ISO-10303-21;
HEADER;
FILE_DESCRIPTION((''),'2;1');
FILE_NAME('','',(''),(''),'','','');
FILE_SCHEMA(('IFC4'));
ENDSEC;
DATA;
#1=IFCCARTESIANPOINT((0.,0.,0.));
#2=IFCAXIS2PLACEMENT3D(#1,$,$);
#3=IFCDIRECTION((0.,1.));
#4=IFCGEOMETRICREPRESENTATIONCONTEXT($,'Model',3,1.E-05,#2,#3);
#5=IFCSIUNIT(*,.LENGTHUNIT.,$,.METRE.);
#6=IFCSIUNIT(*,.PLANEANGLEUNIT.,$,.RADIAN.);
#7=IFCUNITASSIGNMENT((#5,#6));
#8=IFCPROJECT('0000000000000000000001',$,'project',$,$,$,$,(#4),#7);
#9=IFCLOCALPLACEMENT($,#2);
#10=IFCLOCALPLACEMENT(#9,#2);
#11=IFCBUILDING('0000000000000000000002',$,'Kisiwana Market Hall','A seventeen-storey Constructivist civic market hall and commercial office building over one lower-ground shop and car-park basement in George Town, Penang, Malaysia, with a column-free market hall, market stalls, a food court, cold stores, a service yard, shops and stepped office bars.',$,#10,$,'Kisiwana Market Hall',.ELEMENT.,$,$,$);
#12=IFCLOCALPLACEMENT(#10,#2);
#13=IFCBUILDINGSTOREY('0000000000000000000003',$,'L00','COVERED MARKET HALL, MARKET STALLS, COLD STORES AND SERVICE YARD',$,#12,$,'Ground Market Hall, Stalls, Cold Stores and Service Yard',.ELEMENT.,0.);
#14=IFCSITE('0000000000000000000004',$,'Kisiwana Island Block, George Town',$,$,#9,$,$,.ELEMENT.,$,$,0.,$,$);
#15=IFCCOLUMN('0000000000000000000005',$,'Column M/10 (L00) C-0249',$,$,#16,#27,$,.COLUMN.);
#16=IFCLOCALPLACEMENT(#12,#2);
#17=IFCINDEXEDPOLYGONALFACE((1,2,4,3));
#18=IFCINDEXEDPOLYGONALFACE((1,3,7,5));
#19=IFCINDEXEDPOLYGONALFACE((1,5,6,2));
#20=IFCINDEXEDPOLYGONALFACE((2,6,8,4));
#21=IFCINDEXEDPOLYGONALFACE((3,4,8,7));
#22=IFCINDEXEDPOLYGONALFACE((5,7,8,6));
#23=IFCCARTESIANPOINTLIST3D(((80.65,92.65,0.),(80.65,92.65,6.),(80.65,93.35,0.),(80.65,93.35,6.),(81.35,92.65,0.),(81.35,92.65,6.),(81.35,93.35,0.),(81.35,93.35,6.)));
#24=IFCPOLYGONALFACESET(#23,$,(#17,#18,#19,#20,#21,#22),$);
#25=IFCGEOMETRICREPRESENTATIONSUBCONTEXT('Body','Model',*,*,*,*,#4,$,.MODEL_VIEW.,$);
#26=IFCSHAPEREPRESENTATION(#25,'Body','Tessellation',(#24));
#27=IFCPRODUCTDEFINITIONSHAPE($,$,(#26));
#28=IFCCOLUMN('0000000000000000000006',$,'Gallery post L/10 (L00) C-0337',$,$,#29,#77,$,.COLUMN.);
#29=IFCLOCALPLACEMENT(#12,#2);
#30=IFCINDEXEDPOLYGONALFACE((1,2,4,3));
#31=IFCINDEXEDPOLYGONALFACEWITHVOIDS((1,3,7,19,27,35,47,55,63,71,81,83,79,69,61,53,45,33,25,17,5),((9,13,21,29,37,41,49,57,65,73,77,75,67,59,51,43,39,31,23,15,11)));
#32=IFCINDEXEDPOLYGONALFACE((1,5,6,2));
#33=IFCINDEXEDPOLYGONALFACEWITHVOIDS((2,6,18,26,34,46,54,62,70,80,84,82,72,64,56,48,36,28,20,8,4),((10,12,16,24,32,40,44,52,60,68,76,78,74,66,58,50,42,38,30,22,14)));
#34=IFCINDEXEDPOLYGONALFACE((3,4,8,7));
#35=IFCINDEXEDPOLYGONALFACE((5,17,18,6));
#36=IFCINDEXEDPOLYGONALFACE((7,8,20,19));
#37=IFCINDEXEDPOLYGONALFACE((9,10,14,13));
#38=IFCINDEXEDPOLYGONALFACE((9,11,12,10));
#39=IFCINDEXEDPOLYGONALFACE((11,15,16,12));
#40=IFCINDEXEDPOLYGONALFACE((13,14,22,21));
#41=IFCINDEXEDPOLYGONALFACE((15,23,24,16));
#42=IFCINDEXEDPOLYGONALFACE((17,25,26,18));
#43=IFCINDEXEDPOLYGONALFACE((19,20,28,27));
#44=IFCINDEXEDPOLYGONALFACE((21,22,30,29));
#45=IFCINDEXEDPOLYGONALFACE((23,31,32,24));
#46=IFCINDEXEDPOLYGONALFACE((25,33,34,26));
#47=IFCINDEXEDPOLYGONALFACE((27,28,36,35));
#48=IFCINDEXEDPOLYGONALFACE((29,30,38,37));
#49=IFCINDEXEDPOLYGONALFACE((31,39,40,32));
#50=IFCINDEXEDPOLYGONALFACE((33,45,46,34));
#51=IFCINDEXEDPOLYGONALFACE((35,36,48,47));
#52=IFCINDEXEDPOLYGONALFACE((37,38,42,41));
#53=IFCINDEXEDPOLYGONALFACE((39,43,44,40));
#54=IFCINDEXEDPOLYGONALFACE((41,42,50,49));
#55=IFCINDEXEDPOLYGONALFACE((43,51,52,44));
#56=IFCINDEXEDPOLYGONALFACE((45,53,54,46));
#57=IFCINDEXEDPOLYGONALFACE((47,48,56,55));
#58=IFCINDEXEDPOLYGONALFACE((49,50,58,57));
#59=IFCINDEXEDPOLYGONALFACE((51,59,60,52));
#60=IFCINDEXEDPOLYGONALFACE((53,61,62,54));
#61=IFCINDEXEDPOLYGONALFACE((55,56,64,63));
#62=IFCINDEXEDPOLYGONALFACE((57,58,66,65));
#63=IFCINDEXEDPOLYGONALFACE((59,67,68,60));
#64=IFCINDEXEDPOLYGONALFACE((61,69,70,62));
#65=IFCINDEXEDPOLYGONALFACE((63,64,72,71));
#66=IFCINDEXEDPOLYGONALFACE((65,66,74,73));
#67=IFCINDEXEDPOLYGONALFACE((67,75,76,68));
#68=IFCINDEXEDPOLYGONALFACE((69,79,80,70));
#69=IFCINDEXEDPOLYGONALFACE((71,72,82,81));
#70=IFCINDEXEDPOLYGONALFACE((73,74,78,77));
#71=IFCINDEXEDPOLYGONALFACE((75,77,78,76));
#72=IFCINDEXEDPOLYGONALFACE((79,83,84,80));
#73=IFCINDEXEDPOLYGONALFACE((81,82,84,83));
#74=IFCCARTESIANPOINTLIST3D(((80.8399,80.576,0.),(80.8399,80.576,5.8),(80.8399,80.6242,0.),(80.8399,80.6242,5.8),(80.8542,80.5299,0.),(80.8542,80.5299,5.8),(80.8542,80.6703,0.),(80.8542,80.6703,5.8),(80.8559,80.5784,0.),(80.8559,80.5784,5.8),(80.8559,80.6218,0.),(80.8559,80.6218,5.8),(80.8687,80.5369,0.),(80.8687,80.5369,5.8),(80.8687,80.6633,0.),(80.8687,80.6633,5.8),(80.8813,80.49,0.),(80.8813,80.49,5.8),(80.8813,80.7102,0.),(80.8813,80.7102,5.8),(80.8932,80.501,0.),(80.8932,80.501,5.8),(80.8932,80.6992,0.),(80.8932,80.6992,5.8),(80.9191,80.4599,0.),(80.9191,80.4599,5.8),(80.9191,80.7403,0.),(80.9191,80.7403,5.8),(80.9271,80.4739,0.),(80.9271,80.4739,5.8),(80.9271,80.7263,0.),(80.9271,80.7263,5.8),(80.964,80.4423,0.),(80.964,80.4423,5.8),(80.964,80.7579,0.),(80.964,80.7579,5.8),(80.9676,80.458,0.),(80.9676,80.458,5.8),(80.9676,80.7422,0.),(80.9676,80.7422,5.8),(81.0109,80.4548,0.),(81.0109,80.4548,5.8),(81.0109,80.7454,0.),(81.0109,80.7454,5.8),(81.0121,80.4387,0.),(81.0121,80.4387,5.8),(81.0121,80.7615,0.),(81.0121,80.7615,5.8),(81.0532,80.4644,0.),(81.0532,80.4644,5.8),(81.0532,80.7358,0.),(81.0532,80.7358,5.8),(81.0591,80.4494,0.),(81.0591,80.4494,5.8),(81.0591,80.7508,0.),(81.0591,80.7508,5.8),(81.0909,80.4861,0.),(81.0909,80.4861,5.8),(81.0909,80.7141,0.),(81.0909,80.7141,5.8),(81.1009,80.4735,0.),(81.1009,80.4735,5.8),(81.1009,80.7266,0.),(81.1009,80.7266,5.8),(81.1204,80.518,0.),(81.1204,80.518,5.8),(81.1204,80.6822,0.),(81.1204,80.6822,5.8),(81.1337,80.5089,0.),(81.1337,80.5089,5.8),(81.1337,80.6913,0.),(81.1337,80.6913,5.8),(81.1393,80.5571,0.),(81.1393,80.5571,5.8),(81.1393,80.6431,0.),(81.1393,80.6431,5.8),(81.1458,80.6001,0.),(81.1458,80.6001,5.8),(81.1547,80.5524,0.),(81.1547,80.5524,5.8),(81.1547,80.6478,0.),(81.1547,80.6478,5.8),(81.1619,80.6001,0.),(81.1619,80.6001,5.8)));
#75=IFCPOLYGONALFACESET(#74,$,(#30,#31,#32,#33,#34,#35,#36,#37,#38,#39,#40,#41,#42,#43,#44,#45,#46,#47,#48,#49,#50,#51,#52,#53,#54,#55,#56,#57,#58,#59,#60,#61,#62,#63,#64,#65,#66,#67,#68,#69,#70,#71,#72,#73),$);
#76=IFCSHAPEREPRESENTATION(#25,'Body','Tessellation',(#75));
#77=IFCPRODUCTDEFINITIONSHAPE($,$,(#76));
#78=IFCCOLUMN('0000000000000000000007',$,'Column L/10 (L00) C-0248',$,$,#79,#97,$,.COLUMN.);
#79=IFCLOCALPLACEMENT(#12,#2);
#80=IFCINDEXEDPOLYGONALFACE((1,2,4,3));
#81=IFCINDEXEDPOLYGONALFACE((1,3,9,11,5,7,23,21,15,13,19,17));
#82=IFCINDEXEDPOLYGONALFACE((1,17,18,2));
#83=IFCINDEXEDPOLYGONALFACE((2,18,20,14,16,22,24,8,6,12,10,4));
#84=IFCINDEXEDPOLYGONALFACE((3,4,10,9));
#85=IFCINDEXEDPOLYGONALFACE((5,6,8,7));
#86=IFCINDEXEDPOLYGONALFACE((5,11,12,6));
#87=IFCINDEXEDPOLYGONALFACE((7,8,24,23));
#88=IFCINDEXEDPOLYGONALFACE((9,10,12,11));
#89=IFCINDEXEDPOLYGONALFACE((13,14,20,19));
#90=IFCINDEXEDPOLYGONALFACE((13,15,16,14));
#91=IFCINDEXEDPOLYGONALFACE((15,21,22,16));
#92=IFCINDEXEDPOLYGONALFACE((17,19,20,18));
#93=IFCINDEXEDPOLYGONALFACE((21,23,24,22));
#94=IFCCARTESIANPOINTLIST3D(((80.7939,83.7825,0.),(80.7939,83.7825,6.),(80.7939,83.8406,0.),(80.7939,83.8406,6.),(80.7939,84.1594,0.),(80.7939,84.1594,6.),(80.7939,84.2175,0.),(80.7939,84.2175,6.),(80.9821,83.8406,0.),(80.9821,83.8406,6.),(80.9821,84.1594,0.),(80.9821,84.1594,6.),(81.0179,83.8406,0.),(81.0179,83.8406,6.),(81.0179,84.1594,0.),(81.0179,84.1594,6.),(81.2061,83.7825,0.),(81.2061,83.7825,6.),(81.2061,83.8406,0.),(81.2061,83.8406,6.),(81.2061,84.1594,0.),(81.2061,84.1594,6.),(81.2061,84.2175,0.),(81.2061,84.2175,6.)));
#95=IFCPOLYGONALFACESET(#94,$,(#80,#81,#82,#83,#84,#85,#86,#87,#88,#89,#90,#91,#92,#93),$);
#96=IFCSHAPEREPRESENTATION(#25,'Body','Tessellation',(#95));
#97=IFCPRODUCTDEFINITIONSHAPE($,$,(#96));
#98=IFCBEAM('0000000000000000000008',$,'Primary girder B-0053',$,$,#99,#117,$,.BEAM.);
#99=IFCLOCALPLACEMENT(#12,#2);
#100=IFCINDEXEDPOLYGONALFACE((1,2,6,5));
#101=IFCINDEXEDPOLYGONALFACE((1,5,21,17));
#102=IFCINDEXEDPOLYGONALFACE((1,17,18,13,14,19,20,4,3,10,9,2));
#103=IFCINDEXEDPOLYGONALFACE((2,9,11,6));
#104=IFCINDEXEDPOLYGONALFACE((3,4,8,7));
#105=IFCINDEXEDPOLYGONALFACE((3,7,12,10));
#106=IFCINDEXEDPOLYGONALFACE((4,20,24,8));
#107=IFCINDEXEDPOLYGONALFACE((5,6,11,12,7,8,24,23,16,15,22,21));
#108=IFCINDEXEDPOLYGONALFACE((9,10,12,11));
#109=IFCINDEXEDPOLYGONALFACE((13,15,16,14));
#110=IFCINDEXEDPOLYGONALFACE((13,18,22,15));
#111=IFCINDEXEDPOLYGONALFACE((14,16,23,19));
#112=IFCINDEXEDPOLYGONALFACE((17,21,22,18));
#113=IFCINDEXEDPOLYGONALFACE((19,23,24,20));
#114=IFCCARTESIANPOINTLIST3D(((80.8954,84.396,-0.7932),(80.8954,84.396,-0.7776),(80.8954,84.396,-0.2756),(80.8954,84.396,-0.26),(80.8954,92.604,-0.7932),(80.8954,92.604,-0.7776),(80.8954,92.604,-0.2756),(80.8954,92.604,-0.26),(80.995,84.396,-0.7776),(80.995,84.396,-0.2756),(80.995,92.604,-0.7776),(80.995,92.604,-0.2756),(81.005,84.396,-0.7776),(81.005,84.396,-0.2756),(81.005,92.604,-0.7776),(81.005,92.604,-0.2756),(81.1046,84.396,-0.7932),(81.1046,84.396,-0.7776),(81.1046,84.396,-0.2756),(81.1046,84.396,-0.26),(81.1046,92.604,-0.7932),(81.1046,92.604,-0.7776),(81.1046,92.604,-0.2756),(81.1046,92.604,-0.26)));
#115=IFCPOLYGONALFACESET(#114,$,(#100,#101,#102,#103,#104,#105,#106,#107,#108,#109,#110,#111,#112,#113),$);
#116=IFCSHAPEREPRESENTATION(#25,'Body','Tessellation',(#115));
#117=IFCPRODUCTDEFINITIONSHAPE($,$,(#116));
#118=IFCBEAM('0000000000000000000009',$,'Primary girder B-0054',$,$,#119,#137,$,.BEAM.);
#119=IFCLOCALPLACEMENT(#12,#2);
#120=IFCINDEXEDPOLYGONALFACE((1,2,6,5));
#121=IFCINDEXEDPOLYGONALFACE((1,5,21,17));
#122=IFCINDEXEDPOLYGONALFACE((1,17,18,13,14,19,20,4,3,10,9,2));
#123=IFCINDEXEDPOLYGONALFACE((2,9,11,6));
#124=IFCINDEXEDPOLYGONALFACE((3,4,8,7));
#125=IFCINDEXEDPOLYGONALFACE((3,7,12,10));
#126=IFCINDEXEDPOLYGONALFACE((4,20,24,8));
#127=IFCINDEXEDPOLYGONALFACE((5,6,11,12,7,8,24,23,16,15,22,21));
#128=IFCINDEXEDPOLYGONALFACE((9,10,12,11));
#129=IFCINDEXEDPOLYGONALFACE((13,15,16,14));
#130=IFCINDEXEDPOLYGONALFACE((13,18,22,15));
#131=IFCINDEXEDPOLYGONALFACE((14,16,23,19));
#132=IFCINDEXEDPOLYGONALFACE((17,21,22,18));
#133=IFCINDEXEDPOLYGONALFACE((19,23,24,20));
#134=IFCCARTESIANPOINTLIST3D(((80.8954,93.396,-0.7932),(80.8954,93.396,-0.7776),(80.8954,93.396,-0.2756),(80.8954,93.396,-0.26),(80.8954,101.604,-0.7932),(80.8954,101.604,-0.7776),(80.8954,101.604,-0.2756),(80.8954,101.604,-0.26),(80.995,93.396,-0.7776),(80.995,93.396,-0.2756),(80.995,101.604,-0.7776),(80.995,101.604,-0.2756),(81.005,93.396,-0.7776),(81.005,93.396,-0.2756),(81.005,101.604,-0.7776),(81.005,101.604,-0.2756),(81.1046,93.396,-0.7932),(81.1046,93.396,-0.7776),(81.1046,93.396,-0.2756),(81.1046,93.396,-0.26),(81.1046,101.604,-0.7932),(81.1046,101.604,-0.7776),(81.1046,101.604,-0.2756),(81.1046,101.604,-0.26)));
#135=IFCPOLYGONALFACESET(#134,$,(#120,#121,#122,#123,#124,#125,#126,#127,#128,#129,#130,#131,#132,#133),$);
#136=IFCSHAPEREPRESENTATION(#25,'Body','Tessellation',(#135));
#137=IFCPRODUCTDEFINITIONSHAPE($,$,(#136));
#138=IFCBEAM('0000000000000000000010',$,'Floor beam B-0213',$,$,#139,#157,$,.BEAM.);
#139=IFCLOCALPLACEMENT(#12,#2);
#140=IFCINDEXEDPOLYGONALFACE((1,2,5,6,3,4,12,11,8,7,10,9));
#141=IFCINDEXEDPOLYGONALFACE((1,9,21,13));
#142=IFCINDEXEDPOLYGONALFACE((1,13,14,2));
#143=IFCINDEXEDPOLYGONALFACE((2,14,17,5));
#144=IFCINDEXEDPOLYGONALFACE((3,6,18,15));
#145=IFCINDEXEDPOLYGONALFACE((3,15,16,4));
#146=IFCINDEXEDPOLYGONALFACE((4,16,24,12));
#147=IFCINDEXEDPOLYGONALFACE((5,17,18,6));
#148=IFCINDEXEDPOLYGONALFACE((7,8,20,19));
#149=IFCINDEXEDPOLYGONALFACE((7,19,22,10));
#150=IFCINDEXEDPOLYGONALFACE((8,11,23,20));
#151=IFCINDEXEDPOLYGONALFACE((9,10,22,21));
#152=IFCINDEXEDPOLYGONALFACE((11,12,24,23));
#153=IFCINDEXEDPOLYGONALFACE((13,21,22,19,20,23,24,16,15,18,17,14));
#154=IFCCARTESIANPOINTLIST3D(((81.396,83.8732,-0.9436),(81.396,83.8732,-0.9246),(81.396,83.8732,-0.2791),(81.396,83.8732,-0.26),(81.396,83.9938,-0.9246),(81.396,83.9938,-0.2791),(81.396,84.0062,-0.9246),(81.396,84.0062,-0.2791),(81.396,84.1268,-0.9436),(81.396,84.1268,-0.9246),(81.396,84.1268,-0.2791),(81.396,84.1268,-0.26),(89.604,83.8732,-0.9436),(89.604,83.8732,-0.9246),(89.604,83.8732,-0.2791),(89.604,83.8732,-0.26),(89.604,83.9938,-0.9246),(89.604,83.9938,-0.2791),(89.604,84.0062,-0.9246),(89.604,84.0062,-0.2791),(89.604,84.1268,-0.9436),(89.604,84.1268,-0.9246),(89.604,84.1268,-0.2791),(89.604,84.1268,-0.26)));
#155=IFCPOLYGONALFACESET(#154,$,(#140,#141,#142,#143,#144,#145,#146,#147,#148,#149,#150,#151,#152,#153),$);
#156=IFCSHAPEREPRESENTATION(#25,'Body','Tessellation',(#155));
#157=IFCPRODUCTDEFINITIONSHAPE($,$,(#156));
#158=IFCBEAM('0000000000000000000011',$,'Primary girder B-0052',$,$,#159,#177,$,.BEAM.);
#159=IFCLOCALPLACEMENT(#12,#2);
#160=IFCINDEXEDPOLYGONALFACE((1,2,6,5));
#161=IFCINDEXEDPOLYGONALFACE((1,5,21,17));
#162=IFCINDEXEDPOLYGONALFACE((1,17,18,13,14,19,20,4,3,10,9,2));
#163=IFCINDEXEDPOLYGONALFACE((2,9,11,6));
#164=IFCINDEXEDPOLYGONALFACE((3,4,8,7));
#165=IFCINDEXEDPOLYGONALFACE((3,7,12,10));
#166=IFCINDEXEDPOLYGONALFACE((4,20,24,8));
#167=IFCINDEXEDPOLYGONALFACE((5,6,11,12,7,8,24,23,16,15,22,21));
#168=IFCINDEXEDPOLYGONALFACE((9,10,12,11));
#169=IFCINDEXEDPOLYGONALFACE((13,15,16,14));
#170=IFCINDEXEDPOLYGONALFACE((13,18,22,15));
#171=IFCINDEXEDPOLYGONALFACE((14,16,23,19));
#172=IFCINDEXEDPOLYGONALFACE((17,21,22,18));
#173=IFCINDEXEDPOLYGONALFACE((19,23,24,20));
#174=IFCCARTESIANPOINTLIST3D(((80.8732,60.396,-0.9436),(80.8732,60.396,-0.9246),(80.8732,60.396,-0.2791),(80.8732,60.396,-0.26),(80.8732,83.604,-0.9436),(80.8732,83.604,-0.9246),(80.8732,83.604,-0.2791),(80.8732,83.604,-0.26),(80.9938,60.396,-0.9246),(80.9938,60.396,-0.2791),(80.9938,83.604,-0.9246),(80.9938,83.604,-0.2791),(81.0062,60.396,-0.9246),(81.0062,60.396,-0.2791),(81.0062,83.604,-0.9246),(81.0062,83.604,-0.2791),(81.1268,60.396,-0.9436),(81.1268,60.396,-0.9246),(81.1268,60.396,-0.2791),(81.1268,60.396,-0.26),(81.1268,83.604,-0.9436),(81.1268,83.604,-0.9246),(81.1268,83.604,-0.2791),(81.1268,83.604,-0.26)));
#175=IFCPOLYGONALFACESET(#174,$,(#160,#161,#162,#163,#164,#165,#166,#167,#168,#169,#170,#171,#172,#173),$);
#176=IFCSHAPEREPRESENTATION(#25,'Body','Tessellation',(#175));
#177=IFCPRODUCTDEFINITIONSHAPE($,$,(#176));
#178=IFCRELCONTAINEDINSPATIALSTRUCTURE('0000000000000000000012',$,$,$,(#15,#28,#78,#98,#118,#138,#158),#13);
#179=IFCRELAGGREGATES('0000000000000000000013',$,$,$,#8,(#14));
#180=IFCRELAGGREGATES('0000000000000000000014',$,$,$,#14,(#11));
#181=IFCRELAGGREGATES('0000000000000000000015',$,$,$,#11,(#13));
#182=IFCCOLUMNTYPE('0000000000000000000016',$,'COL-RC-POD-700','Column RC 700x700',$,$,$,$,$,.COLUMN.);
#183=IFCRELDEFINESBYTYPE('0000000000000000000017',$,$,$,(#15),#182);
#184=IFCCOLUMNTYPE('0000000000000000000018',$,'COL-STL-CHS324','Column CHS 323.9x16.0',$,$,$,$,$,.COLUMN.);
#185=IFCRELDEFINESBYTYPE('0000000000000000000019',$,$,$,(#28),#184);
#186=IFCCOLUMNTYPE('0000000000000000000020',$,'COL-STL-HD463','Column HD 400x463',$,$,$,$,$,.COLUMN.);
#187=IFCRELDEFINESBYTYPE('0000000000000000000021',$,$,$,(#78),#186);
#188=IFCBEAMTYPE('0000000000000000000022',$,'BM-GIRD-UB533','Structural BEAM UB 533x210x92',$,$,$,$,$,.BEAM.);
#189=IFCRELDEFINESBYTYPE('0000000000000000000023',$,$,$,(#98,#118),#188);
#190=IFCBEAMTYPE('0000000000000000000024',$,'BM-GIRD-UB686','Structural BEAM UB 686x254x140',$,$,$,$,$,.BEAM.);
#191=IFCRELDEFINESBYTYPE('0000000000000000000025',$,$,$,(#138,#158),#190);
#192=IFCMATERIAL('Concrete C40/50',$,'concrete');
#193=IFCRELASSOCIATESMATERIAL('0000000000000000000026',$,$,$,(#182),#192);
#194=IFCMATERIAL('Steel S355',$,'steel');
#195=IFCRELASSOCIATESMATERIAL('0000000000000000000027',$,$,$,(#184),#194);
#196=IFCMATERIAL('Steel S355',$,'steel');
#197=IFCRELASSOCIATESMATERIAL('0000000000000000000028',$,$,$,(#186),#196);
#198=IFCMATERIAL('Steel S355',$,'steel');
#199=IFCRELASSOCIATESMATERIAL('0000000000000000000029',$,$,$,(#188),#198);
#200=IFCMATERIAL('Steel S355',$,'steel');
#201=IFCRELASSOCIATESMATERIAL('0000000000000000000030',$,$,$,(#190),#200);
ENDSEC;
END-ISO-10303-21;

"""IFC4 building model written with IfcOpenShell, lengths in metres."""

from ifc_helpers import new_model, si_unit, direction, frame, origin, origin_2d, place, context, subcontext, project, spatial, rectangle, hollow_circle, i_section, extrude, material, material_profile, profile_set, type_object, element, save


model = new_model("IFC4")

# Units and contexts
model_context = context("Model", 3, precision=1e-05, world=origin(), true_north=direction((0.0, 1.0)))
body_context = subcontext(model_context, "Body", "Model", "MODEL_VIEW")
ifc_project = project(units=[si_unit("LENGTHUNIT", "METRE"), si_unit("PLANEANGLEUNIT", "RADIAN")], contexts=[model_context])

# Site, building, storey
site_placement = place(None, origin())
site = spatial("IfcSite", under=ifc_project, at=site_placement, Name="Kisiwana Island Block, George Town", CompositionType="ELEMENT", RefElevation=0.0)
building_placement = place(site_placement, origin())
building = spatial("IfcBuilding", under=site, at=building_placement, Name="Kisiwana Market Hall", Description="A seventeen-storey Constructivist civic market hall and commercial office building over one lower-ground shop and car-park basement in George Town, Penang, Malaysia, with a column-free market hall, market stalls, a food court, cold stores, a service yard, shops and stepped office bars.", LongName="Kisiwana Market Hall", CompositionType="ELEMENT")
storey_placement = place(building_placement, origin())
storey = spatial("IfcBuildingStorey", under=building, at=storey_placement, Name="L00", Description="COVERED MARKET HALL, MARKET STALLS, COLD STORES AND SERVICE YARD", LongName="Ground Market Hall, Stalls, Cold Stores and Service Yard", CompositionType="ELEMENT", Elevation=0.0)

# Columns
ifc_material_1 = material(Name="Concrete C40/50", Category="concrete")
ifc_material_profile_1 = material_profile(ifc_material_1, rectangle(XDim=0.7, YDim=0.7, at=origin_2d()), Name="RC 700x700")
ifc_profile_set_1 = profile_set([ifc_material_profile_1], Name="Concrete C40/50")
column_type_1 = type_object("IfcColumnType", Name="COL-RC-POD-700", Description="Column RC 700x700", PredefinedType="COLUMN", material=ifc_profile_set_1)
column_1_placement = place(storey_placement, frame((81.0, 93.0, 0.0), z_axis=(0.0, 0.0, 1.0), x_axis=(1.0, 0.0, 0.0)))
element("IfcColumn", 1, at=column_1_placement, inside=storey, type_object=column_type_1, Name="Column M/10 (L00) C-0249", PredefinedType="COLUMN", context=body_context, shape_type="SweptSolid", body=[
    extrude(rectangle(XDim=0.7, YDim=0.7, at=origin_2d()), origin(), (0.0, 0.0, 1.0), 6.0),
])
ifc_material_2 = material(Name="Steel S355", Category="steel")
ifc_material_profile_2 = material_profile(ifc_material_2, hollow_circle(Radius=0.1619, WallThickness=0.0161, at=origin_2d()), Name="CHS 323.9x16.0")
ifc_profile_set_2 = profile_set([ifc_material_profile_2], Name="Steel S355")
column_type_2 = type_object("IfcColumnType", Name="COL-STL-CHS324", Description="Column CHS 323.9x16.0", PredefinedType="COLUMN", material=ifc_profile_set_2)
column_2_placement = place(storey_placement, frame((81.0, 80.6001, 0.0), z_axis=(0.0, 0.0, 1.0), x_axis=(1.0, 0.0, 0.0)))
element("IfcColumn", 2, at=column_2_placement, inside=storey, type_object=column_type_2, Name="Gallery post L/10 (L00) C-0337", PredefinedType="COLUMN", context=body_context, shape_type="SweptSolid", body=[
    extrude(hollow_circle(Radius=0.1619, WallThickness=0.0161, at=origin_2d()), origin(), (0.0, 0.0, 1.0), 5.8),
])
ifc_material_3 = material(Name="Steel S355", Category="steel")
ifc_material_profile_3 = material_profile(ifc_material_3, i_section(OverallWidth=0.4121, OverallDepth=0.4351, WebThickness=0.0359, FlangeThickness=0.0581, at=origin_2d()), Name="HD 400x463")
ifc_profile_set_3 = profile_set([ifc_material_profile_3], Name="Steel S355")
column_type_3 = type_object("IfcColumnType", Name="COL-STL-HD463", Description="Column HD 400x463", PredefinedType="COLUMN", material=ifc_profile_set_3)
column_3_placement = place(storey_placement, frame((81.0, 84.0, 0.0), z_axis=(0.0, 0.0, 1.0), x_axis=(1.0, 0.0, 0.0)))
element("IfcColumn", 3, at=column_3_placement, inside=storey, type_object=column_type_3, Name="Column L/10 (L00) C-0248", PredefinedType="COLUMN", context=body_context, shape_type="SweptSolid", body=[
    extrude(i_section(OverallWidth=0.4121, OverallDepth=0.4351, WebThickness=0.0359, FlangeThickness=0.0581, at=origin_2d()), origin(), (0.0, 0.0, 1.0), 6.0),
])

# Beams
ifc_material_4 = material(Name="Steel S355", Category="steel")
ifc_material_profile_4 = material_profile(ifc_material_4, i_section(OverallWidth=0.2092, OverallDepth=0.5332, WebThickness=0.01, FlangeThickness=0.0156, at=origin_2d()), Name="UB 533x210x92")
ifc_profile_set_4 = profile_set([ifc_material_profile_4], Name="Steel S355")
beam_type_1 = type_object("IfcBeamType", Name="BM-GIRD-UB533", Description="Structural BEAM UB 533x210x92", PredefinedType="BEAM", material=ifc_profile_set_4)
for number, where, z_axis, x_axis, name in (
    (4, (81.0, 84.396, -0.5266), (0.0, 1.0, 0.0), (-1.0, 0.0, 0.0), "Primary girder B-0053"),
    (5, (81.0, 93.396, -0.5266), (0.0, 1.0, 0.0), (-1.0, 0.0, 0.0), "Primary girder B-0054"),
):
    element("IfcBeam", number, at=place(storey_placement, frame(where, z_axis=z_axis, x_axis=x_axis)), inside=storey, type_object=beam_type_1, Name=name, PredefinedType="BEAM", context=body_context, shape_type="SweptSolid", body=[
        extrude(i_section(OverallWidth=0.2092, OverallDepth=0.5332, WebThickness=0.01, FlangeThickness=0.0156, at=origin_2d()), origin(), (0.0, 0.0, 1.0), 8.208),
    ])
ifc_material_5 = material(Name="Steel S355", Category="steel")
ifc_material_profile_5 = material_profile(ifc_material_5, i_section(OverallWidth=0.2537, OverallDepth=0.6836, WebThickness=0.0125, FlangeThickness=0.019, at=origin_2d()), Name="UB 686x254x140")
ifc_profile_set_5 = profile_set([ifc_material_profile_5], Name="Steel S355")
beam_type_2 = type_object("IfcBeamType", Name="BM-GIRD-UB686", Description="Structural BEAM UB 686x254x140", PredefinedType="BEAM", material=ifc_profile_set_5)
beam_1_placement = place(storey_placement, frame((81.396, 84.0, -0.6018), z_axis=(1.0, 0.0, 0.0), x_axis=(0.0, 1.0, 0.0)))
element("IfcBeam", 6, at=beam_1_placement, inside=storey, type_object=beam_type_2, Name="Floor beam B-0213", PredefinedType="BEAM", context=body_context, shape_type="SweptSolid", body=[
    extrude(i_section(OverallWidth=0.2537, OverallDepth=0.6836, WebThickness=0.0125, FlangeThickness=0.019, at=origin_2d()), origin(), (0.0, 0.0, 1.0), 8.208),
])
beam_2_placement = place(storey_placement, frame((81.0, 60.396, -0.6018), z_axis=(0.0, 1.0, 0.0), x_axis=(-1.0, 0.0, 0.0)))
element("IfcBeam", 7, at=beam_2_placement, inside=storey, type_object=beam_type_2, Name="Primary girder B-0052", PredefinedType="BEAM", context=body_context, shape_type="SweptSolid", body=[
    extrude(i_section(OverallWidth=0.2537, OverallDepth=0.6836, WebThickness=0.0125, FlangeThickness=0.019, at=origin_2d()), origin(), (0.0, 0.0, 1.0), 23.208),
])

save(model, "model.ifc")
